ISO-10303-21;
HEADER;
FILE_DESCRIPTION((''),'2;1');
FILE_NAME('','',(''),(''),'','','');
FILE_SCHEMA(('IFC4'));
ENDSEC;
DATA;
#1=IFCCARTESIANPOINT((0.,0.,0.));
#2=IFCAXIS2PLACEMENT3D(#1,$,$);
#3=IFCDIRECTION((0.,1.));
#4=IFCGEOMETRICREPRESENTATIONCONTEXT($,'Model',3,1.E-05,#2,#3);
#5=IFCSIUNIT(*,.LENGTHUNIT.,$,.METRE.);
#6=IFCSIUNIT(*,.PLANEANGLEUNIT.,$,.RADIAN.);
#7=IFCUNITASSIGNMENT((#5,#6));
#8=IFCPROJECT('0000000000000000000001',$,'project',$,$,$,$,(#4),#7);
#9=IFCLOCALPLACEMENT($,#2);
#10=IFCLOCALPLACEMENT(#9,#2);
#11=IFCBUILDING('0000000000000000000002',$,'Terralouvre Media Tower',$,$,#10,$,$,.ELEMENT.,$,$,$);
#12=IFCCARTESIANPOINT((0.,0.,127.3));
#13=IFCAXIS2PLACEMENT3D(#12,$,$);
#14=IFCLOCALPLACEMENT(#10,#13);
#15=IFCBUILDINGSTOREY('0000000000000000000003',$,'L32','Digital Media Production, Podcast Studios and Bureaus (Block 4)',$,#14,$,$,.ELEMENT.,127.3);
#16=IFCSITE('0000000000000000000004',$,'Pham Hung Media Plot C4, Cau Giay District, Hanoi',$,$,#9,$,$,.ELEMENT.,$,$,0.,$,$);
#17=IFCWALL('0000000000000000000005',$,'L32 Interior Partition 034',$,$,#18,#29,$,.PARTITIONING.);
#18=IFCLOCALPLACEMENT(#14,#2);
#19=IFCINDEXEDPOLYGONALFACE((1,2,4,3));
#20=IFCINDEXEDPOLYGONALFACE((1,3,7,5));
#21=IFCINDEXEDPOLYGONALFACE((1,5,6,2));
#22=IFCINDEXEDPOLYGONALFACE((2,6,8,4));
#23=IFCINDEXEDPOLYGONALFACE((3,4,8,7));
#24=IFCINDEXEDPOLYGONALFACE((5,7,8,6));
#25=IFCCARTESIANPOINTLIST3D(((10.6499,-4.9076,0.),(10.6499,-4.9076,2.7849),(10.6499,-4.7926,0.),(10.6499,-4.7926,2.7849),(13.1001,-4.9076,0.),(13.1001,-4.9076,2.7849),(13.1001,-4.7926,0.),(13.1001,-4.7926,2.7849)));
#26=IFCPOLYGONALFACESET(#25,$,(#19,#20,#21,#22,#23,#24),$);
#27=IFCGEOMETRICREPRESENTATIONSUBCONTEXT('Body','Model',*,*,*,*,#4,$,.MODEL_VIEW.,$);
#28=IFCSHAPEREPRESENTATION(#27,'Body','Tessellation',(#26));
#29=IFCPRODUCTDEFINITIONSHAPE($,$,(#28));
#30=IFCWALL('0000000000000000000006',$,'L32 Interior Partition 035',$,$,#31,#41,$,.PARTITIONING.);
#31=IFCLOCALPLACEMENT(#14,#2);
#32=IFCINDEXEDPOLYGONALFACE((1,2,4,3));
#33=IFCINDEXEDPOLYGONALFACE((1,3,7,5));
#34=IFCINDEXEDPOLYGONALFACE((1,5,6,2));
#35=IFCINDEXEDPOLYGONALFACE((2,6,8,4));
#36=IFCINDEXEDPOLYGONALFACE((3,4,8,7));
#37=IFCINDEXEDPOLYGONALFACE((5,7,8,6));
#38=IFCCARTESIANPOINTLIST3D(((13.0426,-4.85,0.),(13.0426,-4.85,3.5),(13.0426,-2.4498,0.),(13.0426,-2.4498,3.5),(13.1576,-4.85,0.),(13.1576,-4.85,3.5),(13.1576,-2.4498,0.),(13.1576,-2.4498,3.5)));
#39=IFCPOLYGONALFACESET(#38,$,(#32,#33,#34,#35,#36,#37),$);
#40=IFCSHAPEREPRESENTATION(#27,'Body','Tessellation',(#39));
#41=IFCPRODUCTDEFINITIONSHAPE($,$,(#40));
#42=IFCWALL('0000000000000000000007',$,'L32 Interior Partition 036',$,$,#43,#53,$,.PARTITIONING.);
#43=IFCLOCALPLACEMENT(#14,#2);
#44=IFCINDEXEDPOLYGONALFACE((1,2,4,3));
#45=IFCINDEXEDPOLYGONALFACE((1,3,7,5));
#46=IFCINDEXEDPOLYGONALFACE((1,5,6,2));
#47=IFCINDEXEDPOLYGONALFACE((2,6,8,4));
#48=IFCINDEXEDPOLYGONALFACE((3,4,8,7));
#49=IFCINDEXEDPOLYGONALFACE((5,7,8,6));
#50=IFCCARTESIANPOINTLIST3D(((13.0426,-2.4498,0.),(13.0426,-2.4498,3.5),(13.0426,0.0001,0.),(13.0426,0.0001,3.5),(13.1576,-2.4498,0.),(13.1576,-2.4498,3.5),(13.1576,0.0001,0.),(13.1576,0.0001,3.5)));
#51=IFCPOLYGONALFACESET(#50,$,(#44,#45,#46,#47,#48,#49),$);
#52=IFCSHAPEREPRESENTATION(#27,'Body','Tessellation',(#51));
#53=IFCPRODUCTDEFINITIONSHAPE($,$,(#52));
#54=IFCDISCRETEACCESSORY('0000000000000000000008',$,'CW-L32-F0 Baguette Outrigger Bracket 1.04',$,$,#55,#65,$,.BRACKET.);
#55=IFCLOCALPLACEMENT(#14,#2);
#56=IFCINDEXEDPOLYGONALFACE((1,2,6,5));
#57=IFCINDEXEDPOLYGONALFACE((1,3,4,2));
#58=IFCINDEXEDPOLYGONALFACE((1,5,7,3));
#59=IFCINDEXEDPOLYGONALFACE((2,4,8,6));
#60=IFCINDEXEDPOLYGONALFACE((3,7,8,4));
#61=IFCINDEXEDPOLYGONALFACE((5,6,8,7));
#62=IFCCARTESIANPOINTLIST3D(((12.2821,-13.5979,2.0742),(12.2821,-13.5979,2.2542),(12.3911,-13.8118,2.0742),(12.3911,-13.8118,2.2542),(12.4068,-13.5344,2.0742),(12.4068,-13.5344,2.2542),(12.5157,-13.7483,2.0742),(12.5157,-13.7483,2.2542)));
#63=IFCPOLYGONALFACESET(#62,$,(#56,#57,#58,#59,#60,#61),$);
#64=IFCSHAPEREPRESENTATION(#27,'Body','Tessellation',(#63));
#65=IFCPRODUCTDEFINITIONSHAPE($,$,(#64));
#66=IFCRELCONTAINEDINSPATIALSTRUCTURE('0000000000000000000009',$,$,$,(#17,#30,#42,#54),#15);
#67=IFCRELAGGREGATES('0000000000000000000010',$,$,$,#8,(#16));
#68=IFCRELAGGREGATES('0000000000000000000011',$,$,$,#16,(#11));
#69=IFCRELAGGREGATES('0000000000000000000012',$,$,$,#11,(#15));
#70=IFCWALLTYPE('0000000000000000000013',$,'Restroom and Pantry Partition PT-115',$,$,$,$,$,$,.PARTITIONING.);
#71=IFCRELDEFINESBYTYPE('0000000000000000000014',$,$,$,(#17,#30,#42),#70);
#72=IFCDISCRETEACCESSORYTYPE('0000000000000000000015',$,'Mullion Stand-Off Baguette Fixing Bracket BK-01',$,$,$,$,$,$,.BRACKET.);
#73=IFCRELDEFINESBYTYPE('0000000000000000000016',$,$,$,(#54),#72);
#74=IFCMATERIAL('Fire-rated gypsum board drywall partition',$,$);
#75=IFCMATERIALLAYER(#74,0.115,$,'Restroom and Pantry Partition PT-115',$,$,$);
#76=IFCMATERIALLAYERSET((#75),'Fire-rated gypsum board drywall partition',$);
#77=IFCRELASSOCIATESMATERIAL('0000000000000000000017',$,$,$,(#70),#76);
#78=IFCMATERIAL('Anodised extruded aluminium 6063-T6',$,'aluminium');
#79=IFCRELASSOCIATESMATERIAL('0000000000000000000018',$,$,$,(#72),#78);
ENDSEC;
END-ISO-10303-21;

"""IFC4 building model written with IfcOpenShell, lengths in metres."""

from ifc_helpers import new_model, si_unit, direction, frame, frame_2d, origin, origin_2d, place, context, subcontext, project, spatial, rectangle, extrude, material, layer, layer_set, type_object, element, save


model = new_model("IFC4")

# Units and contexts
model_context = context("Model", 3, precision=1e-05, world=origin(), true_north=direction((0.0, 1.0)))
body_context = subcontext(model_context, "Body", "Model", "MODEL_VIEW")
ifc_project = project(units=[si_unit("LENGTHUNIT", "METRE"), si_unit("PLANEANGLEUNIT", "RADIAN")], contexts=[model_context])

# Site, building, storey
site_placement = place(None, origin())
site = spatial("IfcSite", under=ifc_project, at=site_placement, Name="Pham Hung Media Plot C4, Cau Giay District, Hanoi", CompositionType="ELEMENT", RefElevation=0.0)
building_placement = place(site_placement, origin())
building = spatial("IfcBuilding", under=site, at=building_placement, Name="Terralouvre Media Tower", CompositionType="ELEMENT")
storey_placement = place(building_placement, frame((0.0, 0.0, 127.3)))
storey = spatial("IfcBuildingStorey", under=building, at=storey_placement, Name="L32", Description="Digital Media Production, Podcast Studios and Bureaus (Block 4)", CompositionType="ELEMENT", Elevation=127.3)

# Shared definitions
ifc_material_1 = material(Name="Fire-rated gypsum board drywall partition")
ifc_layer_1 = layer(ifc_material_1, 0.115, Name="Restroom and Pantry Partition PT-115")
ifc_layer_set_1 = layer_set([ifc_layer_1], Name="Fire-rated gypsum board drywall partition")
wall_type_1 = type_object("IfcWallType", Name="Restroom and Pantry Partition PT-115", PredefinedType="PARTITIONING", material=ifc_layer_set_1)

# Walls
for number, where, z_axis, x_axis, name in (
    (1, (10.6499, -4.8501, 0.0), (0.0, 0.0, 1.0), (1.0, 0.0, 0.0), "L32 Interior Partition 034"),
):
    element("IfcWall", number, at=place(storey_placement, frame(where, z_axis=z_axis, x_axis=x_axis)), inside=storey, type_object=wall_type_1, Name=name, PredefinedType="PARTITIONING", context=body_context, shape_type="SweptSolid", body=[
        extrude(rectangle(XDim=2.4502, YDim=0.115, at=frame_2d((1.2251, 0.0))), origin(), (0.0, 0.0, 1.0), 2.7849),
    ])
wall_1_placement = place(storey_placement, frame((13.1001, -4.8501, 0.0), z_axis=(0.0, 0.0, 1.0), x_axis=(0.0, 1.0, 0.0)))
element("IfcWall", 2, at=wall_1_placement, inside=storey, type_object=wall_type_1, Name="L32 Interior Partition 035", PredefinedType="PARTITIONING", context=body_context, shape_type="SweptSolid", body=[
    extrude(rectangle(XDim=2.4001, YDim=0.115, at=frame_2d((1.2002, 0.0))), origin(), (0.0, 0.0, 1.0), 3.5),
])
wall_2_placement = place(storey_placement, frame((13.1001, -2.45, 0.0), z_axis=(0.0, 0.0, 1.0), x_axis=(0.0, 1.0, 0.0)))
element("IfcWall", 3, at=wall_2_placement, inside=storey, type_object=wall_type_1, Name="L32 Interior Partition 036", PredefinedType="PARTITIONING", context=body_context, shape_type="SweptSolid", body=[
    extrude(rectangle(XDim=2.45, YDim=0.115, at=frame_2d((1.2251, 0.0))), origin(), (0.0, 0.0, 1.0), 3.5),
])

# Discrete accessory
ifc_material_2 = material(Name="Anodised extruded aluminium 6063-T6", Category="aluminium")
discrete_accessory_type = type_object("IfcDiscreteAccessoryType", Name="Mullion Stand-Off Baguette Fixing Bracket BK-01", PredefinedType="BRACKET", material=ifc_material_2)
discrete_accessory_placement = place(storey_placement, frame((12.3989, -13.6731, 2.0742), z_axis=(0.0, 0.0, 1.0), x_axis=(0.891007, 0.453991, 0.0)))
element("IfcDiscreteAccessory", 4, at=discrete_accessory_placement, inside=storey, type_object=discrete_accessory_type, Name="CW-L32-F0 Baguette Outrigger Bracket 1.04", PredefinedType="BRACKET", context=body_context, shape_type="SweptSolid", body=[
    extrude(rectangle(XDim=0.1399, YDim=0.24, at=origin_2d()), origin(), (0.0, 0.0, 1.0), 0.1799),
])

save(model, "model.ifc")
